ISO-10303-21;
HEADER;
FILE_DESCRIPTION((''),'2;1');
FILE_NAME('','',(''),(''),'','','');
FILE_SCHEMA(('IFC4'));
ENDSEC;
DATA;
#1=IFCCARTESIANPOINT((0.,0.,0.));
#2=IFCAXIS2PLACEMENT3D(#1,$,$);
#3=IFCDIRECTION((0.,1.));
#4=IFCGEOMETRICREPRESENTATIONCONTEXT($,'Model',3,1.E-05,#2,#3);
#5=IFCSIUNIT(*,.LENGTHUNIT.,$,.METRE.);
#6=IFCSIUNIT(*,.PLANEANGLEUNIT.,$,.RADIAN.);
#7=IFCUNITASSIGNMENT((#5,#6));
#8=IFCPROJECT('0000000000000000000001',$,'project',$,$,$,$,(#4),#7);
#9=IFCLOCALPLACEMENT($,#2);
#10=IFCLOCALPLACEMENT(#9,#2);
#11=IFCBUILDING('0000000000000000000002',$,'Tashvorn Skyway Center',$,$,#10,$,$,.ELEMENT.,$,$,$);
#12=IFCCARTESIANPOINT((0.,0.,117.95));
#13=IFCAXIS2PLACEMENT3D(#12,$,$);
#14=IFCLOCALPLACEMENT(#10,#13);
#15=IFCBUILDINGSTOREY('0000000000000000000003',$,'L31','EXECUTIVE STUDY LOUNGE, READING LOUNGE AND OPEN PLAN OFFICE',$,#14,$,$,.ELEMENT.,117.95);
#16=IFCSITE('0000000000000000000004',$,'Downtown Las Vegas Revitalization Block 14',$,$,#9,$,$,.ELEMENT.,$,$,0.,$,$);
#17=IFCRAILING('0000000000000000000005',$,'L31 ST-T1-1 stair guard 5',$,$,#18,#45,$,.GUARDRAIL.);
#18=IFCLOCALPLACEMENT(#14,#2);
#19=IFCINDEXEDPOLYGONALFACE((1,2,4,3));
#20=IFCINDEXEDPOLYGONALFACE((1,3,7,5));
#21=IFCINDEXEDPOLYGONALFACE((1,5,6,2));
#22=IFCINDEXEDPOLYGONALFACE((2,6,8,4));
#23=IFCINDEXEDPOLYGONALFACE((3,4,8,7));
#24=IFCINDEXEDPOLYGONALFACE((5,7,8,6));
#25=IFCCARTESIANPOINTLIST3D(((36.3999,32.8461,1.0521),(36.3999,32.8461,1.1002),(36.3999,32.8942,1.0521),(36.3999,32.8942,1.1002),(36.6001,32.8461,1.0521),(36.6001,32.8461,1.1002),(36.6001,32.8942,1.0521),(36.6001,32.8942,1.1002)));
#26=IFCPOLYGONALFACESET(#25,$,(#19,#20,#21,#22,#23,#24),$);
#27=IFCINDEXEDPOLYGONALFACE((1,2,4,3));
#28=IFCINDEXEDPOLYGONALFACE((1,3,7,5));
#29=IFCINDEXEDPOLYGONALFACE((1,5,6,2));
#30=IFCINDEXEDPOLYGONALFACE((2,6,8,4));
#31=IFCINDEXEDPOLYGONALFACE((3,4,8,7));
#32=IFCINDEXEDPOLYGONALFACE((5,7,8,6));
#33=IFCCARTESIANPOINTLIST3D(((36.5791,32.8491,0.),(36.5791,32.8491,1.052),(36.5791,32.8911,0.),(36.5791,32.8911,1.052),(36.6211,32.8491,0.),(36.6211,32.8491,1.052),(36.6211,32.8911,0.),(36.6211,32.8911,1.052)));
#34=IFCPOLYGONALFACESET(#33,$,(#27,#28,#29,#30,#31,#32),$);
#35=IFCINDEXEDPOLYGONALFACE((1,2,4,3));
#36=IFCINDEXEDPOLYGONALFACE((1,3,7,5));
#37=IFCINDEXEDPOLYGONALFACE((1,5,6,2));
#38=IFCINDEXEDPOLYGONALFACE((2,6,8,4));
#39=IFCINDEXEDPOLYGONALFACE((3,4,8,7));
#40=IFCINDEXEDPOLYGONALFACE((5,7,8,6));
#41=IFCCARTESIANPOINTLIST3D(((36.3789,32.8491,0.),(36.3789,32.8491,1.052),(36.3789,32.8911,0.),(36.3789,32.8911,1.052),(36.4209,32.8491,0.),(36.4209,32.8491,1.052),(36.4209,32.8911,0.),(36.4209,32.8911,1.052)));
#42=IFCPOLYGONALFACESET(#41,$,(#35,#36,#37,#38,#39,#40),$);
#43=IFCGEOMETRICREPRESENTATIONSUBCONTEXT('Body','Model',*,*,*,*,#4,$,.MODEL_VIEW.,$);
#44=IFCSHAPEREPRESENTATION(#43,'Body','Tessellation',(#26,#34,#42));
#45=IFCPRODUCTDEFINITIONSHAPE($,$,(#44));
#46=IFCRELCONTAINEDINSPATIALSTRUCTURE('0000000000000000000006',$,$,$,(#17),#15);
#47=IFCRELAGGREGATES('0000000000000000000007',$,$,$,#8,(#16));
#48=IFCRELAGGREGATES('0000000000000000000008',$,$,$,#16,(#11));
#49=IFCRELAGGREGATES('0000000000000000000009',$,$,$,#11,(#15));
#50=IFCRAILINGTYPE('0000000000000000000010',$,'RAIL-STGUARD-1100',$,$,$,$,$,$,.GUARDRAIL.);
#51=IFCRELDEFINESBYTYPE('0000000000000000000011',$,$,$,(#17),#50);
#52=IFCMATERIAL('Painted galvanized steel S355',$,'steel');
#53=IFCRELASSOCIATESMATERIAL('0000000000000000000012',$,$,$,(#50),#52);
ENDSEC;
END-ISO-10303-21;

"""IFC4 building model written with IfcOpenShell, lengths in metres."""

from ifc_helpers import new_model, si_unit, direction, frame, origin, origin_2d, place, context, subcontext, project, spatial, rectangle, extrude, material, type_object, element, save


model = new_model("IFC4")

# Units and contexts
model_context = context("Model", 3, precision=1e-05, world=origin(), true_north=direction((0.0, 1.0)))
body_context = subcontext(model_context, "Body", "Model", "MODEL_VIEW")
ifc_project = project(units=[si_unit("LENGTHUNIT", "METRE"), si_unit("PLANEANGLEUNIT", "RADIAN")], contexts=[model_context])

# Site, building, storey
site_placement = place(None, origin())
site = spatial("IfcSite", under=ifc_project, at=site_placement, Name="Downtown Las Vegas Revitalization Block 14", CompositionType="ELEMENT", RefElevation=0.0)
building_placement = place(site_placement, origin())
building = spatial("IfcBuilding", under=site, at=building_placement, Name="Tashvorn Skyway Center", CompositionType="ELEMENT")
storey_placement = place(building_placement, frame((0.0, 0.0, 117.95)))
storey = spatial("IfcBuildingStorey", under=building, at=storey_placement, Name="L31", Description="EXECUTIVE STUDY LOUNGE, READING LOUNGE AND OPEN PLAN OFFICE", CompositionType="ELEMENT", Elevation=117.95)

# Railing
ifc_material_1 = material(Name="Painted galvanized steel S355", Category="steel")
railing_type_1 = type_object("IfcRailingType", Name="RAIL-STGUARD-1100", PredefinedType="GUARDRAIL", material=ifc_material_1)
railing_1_placement = place(storey_placement, frame((36.6001, 32.8701, 0.0)))
element("IfcRailing", 1, at=railing_1_placement, inside=storey, type_object=railing_type_1, Name="L31 ST-T1-1 stair guard 5", PredefinedType="GUARDRAIL", context=body_context, shape_type="SweptSolid", body=[
    extrude(rectangle(XDim=0.0481, YDim=0.0481, at=origin_2d()), frame((0.0, 0.0, 1.0762), z_axis=(-1.0, 0.0, 0.0), x_axis=(0.0, -1.0, 0.0)), (0.0, 0.0, 1.0), 0.2002),
    extrude(rectangle(XDim=0.042, YDim=0.042, at=origin_2d()), origin(), (0.0, 0.0, 1.0), 1.052),
    extrude(rectangle(XDim=0.042, YDim=0.042, at=origin_2d()), frame((-0.2002, 0.0, 0.0)), (0.0, 0.0, 1.0), 1.052),
])

save(model, "model.ifc")
